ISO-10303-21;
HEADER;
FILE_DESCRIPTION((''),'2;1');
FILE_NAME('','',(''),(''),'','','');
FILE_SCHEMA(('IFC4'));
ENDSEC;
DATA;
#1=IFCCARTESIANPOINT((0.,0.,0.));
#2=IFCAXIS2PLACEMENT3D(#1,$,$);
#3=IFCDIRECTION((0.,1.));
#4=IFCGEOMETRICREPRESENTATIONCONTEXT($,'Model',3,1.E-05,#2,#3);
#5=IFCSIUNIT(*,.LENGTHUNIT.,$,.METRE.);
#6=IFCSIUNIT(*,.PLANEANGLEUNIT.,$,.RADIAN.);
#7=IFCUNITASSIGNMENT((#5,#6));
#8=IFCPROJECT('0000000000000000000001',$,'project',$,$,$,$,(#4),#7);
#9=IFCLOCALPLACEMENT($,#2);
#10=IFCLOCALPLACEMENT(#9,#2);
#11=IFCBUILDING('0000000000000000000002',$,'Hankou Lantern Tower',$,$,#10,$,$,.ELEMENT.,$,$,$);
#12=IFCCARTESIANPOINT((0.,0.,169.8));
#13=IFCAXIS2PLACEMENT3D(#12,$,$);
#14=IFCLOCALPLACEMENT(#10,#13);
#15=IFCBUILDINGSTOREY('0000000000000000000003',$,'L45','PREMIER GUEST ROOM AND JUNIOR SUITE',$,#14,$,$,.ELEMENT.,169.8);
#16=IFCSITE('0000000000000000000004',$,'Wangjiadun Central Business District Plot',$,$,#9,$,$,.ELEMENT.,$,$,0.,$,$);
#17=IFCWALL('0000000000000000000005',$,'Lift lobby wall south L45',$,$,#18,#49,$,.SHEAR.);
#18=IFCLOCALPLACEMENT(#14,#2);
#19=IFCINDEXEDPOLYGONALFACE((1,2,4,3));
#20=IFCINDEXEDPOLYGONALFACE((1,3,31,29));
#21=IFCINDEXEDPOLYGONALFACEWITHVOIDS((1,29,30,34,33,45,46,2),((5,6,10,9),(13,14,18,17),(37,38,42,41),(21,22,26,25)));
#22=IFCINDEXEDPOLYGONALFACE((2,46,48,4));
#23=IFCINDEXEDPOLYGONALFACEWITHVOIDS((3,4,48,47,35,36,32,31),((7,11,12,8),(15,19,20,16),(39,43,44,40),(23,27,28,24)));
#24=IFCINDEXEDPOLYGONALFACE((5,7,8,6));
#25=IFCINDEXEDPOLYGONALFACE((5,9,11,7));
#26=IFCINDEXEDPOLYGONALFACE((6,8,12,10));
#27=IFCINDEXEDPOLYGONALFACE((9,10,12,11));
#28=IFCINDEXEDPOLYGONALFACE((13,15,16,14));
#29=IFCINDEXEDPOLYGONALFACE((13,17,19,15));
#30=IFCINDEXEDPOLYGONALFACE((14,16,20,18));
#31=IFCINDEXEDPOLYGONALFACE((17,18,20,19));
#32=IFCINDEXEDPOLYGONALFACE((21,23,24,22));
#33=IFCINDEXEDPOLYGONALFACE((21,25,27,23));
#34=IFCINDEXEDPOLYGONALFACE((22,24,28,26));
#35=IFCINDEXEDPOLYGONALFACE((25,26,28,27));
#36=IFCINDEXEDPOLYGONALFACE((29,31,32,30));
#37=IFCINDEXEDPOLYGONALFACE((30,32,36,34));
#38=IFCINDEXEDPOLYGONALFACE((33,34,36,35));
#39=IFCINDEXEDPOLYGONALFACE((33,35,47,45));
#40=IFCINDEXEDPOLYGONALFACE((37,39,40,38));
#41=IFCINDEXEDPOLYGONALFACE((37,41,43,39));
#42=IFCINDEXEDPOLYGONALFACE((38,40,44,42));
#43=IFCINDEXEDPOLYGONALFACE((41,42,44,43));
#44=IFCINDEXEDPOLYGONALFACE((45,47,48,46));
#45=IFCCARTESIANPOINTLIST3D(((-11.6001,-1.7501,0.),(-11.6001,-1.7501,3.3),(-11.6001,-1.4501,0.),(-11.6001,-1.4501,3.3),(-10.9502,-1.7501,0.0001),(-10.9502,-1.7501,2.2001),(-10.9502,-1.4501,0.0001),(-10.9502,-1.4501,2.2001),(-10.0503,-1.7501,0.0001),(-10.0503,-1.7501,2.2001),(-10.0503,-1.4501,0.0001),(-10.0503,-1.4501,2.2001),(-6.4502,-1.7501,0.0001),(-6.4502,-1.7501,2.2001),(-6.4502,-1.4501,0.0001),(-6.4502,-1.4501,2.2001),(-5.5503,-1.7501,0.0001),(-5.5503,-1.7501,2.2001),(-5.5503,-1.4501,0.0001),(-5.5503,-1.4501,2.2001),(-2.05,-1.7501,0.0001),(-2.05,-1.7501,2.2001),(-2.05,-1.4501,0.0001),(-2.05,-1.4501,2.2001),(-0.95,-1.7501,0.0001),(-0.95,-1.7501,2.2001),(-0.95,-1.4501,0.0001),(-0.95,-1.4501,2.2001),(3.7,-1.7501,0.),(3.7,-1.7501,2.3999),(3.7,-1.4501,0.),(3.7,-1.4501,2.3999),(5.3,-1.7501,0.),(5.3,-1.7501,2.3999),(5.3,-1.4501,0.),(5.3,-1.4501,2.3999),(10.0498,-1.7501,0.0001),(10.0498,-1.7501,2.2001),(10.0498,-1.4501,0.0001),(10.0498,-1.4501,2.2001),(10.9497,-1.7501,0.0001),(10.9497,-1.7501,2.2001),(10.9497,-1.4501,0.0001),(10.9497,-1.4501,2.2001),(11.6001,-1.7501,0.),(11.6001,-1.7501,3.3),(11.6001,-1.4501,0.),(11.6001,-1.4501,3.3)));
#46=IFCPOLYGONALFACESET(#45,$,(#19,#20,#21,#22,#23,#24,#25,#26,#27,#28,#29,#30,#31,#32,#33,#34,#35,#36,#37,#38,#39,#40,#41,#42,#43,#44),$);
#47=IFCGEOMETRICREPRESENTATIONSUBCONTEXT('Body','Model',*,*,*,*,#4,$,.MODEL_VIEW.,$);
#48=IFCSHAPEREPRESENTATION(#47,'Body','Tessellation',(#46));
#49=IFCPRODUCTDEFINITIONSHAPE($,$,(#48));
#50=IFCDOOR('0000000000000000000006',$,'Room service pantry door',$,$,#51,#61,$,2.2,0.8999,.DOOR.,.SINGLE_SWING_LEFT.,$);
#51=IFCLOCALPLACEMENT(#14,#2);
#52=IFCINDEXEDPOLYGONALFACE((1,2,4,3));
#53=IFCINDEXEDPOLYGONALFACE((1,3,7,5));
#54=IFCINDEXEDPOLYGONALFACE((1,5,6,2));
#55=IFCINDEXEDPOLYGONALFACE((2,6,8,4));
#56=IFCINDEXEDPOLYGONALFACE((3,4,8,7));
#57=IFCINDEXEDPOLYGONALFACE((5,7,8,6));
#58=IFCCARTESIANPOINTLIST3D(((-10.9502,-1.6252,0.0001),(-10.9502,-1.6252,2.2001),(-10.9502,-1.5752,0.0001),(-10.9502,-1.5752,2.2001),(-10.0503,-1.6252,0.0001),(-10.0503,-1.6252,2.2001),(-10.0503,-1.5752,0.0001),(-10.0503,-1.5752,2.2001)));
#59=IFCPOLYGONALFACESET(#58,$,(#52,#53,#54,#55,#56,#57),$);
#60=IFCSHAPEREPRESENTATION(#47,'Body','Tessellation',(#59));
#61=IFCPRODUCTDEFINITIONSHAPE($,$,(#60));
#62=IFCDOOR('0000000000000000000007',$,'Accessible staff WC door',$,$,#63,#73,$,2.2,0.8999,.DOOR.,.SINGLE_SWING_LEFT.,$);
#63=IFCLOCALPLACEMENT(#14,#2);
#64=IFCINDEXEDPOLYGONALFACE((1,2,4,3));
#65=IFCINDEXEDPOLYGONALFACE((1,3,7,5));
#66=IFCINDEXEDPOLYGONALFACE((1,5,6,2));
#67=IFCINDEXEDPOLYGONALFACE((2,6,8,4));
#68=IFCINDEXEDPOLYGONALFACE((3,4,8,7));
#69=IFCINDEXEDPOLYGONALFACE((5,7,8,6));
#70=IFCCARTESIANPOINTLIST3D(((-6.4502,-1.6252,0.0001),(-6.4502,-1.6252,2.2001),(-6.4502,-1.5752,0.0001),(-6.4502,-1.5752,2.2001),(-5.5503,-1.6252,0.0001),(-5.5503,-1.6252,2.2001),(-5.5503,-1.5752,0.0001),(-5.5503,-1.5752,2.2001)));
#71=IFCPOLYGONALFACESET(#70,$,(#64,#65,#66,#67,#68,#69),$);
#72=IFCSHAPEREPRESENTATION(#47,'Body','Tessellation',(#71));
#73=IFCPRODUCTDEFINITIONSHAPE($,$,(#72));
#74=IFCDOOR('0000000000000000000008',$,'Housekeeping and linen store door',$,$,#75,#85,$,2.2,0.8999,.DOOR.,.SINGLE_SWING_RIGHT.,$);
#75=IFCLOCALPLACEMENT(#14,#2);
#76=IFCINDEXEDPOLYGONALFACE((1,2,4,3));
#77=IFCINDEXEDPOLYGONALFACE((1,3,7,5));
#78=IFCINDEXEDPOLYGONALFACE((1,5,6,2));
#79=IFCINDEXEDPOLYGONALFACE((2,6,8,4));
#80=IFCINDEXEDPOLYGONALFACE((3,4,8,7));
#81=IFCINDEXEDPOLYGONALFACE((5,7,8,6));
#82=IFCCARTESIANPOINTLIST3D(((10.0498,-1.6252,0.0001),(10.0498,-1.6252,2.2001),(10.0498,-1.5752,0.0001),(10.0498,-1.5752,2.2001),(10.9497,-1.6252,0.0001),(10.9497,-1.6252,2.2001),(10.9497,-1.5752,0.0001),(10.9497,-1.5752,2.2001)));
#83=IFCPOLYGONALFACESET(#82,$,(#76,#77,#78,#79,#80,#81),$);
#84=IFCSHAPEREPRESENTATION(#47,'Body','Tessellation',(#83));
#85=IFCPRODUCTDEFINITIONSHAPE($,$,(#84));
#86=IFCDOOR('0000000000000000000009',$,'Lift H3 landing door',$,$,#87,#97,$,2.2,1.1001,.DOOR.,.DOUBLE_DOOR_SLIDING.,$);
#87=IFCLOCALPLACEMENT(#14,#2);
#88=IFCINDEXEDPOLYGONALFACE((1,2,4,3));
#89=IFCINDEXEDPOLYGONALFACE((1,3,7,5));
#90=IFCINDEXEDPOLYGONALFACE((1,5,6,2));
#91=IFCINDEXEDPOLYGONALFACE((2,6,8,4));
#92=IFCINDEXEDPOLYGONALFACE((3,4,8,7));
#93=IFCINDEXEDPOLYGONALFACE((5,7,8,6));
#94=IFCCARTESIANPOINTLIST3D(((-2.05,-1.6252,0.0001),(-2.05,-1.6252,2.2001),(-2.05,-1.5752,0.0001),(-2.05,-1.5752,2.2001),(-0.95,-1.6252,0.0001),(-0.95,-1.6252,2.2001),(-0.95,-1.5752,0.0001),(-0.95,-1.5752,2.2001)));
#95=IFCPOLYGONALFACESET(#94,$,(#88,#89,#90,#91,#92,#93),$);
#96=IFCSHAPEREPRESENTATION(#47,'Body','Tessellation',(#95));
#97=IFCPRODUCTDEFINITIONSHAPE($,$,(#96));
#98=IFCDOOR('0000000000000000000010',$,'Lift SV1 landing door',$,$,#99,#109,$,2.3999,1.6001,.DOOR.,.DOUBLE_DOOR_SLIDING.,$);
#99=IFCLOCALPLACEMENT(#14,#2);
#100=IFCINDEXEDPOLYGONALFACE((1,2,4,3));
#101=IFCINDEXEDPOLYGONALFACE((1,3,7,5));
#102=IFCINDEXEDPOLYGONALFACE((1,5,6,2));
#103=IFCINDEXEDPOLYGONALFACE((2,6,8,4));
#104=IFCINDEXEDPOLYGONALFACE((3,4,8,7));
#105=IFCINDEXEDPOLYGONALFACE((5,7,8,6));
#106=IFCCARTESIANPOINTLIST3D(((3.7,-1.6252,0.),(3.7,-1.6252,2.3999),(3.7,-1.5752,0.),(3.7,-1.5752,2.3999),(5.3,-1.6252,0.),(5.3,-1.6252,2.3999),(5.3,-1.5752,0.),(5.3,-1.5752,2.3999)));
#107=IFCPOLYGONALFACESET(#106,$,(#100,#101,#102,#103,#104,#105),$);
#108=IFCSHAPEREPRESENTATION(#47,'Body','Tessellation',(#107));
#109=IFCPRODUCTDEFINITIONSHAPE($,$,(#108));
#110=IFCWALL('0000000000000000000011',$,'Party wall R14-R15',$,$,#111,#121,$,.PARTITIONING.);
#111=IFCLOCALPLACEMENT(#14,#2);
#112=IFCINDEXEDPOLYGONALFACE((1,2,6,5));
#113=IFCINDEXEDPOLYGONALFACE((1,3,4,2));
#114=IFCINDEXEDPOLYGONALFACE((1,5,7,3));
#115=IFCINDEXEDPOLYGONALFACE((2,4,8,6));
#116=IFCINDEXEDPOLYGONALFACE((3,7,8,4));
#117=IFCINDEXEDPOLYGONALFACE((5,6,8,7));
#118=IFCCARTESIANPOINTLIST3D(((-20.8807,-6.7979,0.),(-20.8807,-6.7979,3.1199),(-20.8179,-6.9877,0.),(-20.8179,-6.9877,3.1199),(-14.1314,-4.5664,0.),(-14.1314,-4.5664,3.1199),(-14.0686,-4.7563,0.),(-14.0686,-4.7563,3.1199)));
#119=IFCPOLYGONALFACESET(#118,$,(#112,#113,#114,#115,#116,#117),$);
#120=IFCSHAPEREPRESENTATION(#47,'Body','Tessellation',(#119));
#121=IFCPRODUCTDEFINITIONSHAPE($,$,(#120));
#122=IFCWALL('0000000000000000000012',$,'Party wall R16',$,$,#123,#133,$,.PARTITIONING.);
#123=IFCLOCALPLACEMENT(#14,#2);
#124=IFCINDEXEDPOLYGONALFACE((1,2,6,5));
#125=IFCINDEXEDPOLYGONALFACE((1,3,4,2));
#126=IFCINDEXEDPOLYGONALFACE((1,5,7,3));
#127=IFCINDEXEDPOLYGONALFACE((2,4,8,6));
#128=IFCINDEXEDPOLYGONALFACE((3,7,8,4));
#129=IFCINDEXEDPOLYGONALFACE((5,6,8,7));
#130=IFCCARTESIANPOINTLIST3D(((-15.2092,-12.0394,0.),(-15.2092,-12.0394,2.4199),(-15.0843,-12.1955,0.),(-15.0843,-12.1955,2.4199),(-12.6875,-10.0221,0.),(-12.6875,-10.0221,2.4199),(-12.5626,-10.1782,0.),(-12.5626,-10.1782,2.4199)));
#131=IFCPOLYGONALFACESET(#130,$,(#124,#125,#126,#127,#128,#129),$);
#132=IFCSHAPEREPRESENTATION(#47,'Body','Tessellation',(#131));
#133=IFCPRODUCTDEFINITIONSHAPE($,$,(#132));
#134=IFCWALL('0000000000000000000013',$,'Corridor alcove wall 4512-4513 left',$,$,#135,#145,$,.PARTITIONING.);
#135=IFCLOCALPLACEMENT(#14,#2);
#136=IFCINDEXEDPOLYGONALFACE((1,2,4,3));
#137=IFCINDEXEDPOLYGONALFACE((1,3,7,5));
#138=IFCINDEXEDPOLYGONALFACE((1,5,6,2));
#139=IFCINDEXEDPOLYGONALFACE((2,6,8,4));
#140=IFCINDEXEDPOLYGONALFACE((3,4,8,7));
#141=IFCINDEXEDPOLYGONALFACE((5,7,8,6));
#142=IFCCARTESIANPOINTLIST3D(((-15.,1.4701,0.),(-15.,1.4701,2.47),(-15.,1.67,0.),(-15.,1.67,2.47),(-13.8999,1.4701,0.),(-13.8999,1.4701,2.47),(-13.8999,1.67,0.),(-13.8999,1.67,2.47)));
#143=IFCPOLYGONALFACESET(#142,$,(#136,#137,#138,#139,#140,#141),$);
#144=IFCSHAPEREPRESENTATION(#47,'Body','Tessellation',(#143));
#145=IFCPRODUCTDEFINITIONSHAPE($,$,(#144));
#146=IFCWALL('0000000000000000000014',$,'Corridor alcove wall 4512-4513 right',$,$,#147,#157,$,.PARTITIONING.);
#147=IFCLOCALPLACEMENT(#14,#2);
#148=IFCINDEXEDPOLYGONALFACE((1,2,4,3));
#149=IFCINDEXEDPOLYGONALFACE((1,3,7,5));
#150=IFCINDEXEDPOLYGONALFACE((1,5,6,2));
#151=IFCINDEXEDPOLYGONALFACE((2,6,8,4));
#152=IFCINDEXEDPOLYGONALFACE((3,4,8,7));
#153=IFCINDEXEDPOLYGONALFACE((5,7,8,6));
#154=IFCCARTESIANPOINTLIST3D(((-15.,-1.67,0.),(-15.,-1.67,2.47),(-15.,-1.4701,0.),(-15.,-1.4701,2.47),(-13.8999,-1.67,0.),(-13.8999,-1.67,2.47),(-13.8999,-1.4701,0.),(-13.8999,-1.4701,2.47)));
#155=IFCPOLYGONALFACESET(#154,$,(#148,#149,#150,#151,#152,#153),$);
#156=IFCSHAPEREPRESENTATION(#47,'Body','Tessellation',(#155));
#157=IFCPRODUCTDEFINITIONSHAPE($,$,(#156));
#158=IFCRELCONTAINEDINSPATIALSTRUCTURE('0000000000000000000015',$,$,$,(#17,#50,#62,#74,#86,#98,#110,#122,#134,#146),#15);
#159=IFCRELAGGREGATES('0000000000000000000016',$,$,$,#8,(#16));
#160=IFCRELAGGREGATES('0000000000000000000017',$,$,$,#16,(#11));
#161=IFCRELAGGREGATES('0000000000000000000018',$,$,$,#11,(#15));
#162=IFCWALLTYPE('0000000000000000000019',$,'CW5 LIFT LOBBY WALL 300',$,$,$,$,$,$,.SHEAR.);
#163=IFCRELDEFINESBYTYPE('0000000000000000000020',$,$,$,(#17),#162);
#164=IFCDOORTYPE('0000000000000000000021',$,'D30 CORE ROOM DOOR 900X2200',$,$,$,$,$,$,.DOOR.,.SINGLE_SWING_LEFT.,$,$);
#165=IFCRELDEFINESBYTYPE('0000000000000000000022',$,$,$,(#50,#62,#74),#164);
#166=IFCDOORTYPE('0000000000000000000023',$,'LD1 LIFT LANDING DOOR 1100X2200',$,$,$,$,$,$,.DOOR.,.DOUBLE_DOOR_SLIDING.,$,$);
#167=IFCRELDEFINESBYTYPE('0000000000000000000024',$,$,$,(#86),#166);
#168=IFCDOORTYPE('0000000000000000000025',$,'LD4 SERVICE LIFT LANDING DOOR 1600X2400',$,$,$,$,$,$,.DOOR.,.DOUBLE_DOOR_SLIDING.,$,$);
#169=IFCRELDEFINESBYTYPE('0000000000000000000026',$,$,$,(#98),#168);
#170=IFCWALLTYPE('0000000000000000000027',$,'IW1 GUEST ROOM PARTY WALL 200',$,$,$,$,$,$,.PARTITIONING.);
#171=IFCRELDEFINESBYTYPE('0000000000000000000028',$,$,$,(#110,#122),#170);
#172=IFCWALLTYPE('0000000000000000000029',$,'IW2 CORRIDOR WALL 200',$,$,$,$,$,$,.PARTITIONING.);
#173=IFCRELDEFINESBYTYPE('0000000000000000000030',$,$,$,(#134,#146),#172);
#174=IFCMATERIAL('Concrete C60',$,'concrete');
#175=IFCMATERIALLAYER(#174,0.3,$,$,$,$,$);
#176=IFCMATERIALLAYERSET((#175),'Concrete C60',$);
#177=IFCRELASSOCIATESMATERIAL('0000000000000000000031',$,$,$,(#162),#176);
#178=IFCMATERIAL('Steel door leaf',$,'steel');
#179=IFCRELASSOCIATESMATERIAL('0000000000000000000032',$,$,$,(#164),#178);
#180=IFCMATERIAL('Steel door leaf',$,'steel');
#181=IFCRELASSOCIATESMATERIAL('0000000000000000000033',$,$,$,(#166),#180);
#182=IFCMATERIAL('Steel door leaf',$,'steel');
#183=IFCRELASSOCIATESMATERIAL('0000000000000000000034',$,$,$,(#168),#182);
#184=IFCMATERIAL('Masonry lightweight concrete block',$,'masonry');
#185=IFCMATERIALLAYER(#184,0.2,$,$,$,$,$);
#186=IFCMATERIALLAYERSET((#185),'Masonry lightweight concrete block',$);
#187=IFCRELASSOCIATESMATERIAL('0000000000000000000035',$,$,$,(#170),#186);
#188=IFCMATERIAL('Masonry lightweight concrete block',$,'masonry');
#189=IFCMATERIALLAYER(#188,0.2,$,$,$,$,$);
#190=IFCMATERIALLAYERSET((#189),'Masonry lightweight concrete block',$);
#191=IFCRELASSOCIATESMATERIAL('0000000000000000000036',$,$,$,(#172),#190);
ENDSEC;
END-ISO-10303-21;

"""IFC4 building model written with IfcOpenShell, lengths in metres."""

from ifc_helpers import new_model, si_unit, direction, frame, frame_2d, origin, place, context, subcontext, project, spatial, rectangle, extrude, material, layer, layer_set, type_object, element, fill, save


model = new_model("IFC4")

# Units and contexts
model_context = context("Model", 3, precision=1e-05, world=origin(), true_north=direction((0.0, 1.0)))
body_context = subcontext(model_context, "Body", "Model", "MODEL_VIEW")
ifc_project = project(units=[si_unit("LENGTHUNIT", "METRE"), si_unit("PLANEANGLEUNIT", "RADIAN")], contexts=[model_context])

# Site, building, storey
site_placement = place(None, origin())
site = spatial("IfcSite", under=ifc_project, at=site_placement, Name="Wangjiadun Central Business District Plot", CompositionType="ELEMENT", RefElevation=0.0)
building_placement = place(site_placement, origin())
building = spatial("IfcBuilding", under=site, at=building_placement, Name="Hankou Lantern Tower", CompositionType="ELEMENT")
storey_placement = place(building_placement, frame((0.0, 0.0, 169.8)))
storey = spatial("IfcBuildingStorey", under=building, at=storey_placement, Name="L45", Description="PREMIER GUEST ROOM AND JUNIOR SUITE", CompositionType="ELEMENT", Elevation=169.8)

# Wall, openings, doors
ifc_material_1 = material(Name="Concrete C60", Category="concrete")
ifc_layer_1 = layer(ifc_material_1, 0.3)
ifc_layer_set_1 = layer_set([ifc_layer_1], Name="Concrete C60")
wall_type_1 = type_object("IfcWallType", Name="CW5 LIFT LOBBY WALL 300", PredefinedType="SHEAR", material=ifc_layer_set_1)
ifc_material_2 = material(Name="Steel door leaf", Category="steel")
door_type_1 = type_object("IfcDoorType", Name="D30 CORE ROOM DOOR 900X2200", OperationType="SINGLE_SWING_LEFT", PredefinedType="DOOR", material=ifc_material_2)
ifc_material_3 = material(Name="Steel door leaf", Category="steel")
door_type_2 = type_object("IfcDoorType", Name="LD1 LIFT LANDING DOOR 1100X2200", OperationType="DOUBLE_DOOR_SLIDING", PredefinedType="DOOR", material=ifc_material_3)
wall_1_placement = place(storey_placement, frame((-11.6001, -1.6001, 0.0), z_axis=(0.0, 0.0, 1.0), x_axis=(1.0, 0.0, 0.0)))
wall_1 = element("IfcWall", 1, at=wall_1_placement, inside=storey, type_object=wall_type_1, Name="Lift lobby wall south L45", PredefinedType="SHEAR", context=body_context, shape_type="SweptSolid", body=[
    extrude(rectangle(XDim=23.2002, YDim=0.3, at=frame_2d((11.6001, 0.0))), origin(), (0.0, 0.0, 1.0), 3.3),
])
opening_1_placement = place(wall_1_placement, frame((9.55, 0.0, 0.0)))
opening_1 = element("IfcOpeningElement", 2, at=opening_1_placement, cuts=wall_1, PredefinedType="OPENING", context=body_context, shape_type="SweptSolid", body=[
    extrude(rectangle(XDim=1.1001, YDim=2.2, at=frame_2d((0.55, 1.1001))), frame((0.0, 0.1599, 0.0), z_axis=(0.0, -1.0, 0.0), x_axis=(1.0, 0.0, 0.0)), (0.0, 0.0, 1.0), 0.3201),
])
opening_2_placement = place(wall_1_placement, frame((15.3, 0.0, 0.0)))
opening_2 = element("IfcOpeningElement", 3, at=opening_2_placement, cuts=wall_1, PredefinedType="OPENING", context=body_context, shape_type="SweptSolid", body=[
    extrude(rectangle(XDim=1.6001, YDim=2.3999, at=frame_2d((0.8, 1.2))), frame((0.0, 0.1599, 0.0), z_axis=(0.0, -1.0, 0.0), x_axis=(1.0, 0.0, 0.0)), (0.0, 0.0, 1.0), 0.3201),
])
opening_3_placement = place(wall_1_placement, frame((0.6499, 0.0, 0.0)))
opening_3 = element("IfcOpeningElement", 4, at=opening_3_placement, cuts=wall_1, PredefinedType="OPENING", context=body_context, shape_type="SweptSolid", body=[
    extrude(rectangle(XDim=0.8999, YDim=2.2, at=frame_2d((0.45, 1.1001))), frame((0.0, 0.1599, 0.0), z_axis=(0.0, -1.0, 0.0), x_axis=(1.0, 0.0, 0.0)), (0.0, 0.0, 1.0), 0.3201),
])
opening_4_placement = place(wall_1_placement, frame((5.1499, 0.0, 0.0)))
opening_4 = element("IfcOpeningElement", 5, at=opening_4_placement, cuts=wall_1, PredefinedType="OPENING", context=body_context, shape_type="SweptSolid", body=[
    extrude(rectangle(XDim=0.8999, YDim=2.2, at=frame_2d((0.45, 1.1001))), frame((0.0, 0.1599, 0.0), z_axis=(0.0, -1.0, 0.0), x_axis=(1.0, 0.0, 0.0)), (0.0, 0.0, 1.0), 0.3201),
])
opening_5_placement = place(wall_1_placement, frame((21.6499, 0.0, 0.0)))
opening_5 = element("IfcOpeningElement", 6, at=opening_5_placement, cuts=wall_1, PredefinedType="OPENING", context=body_context, shape_type="SweptSolid", body=[
    extrude(rectangle(XDim=0.8999, YDim=2.2, at=frame_2d((0.45, 1.1001))), frame((0.0, 0.1599, 0.0), z_axis=(0.0, -1.0, 0.0), x_axis=(1.0, 0.0, 0.0)), (0.0, 0.0, 1.0), 0.3201),
])
door_1_placement = place(opening_3_placement, origin())
door_1 = element("IfcDoor", 7, at=door_1_placement, inside=storey, type_object=door_type_1, Name="Room service pantry door", OperationType="SINGLE_SWING_LEFT", OverallHeight=2.2, OverallWidth=0.8999, PredefinedType="DOOR", context=body_context, shape_type="SweptSolid", body=[
    extrude(rectangle(XDim=0.8999, YDim=2.2, at=frame_2d((0.45, 1.1001))), frame((0.0, 0.0249, 0.0), z_axis=(0.0, -1.0, 0.0), x_axis=(1.0, 0.0, 0.0)), (0.0, 0.0, 1.0), 0.05),
])
fill(opening_3, door_1)
door_2_placement = place(opening_4_placement, origin())
door_2 = element("IfcDoor", 8, at=door_2_placement, inside=storey, type_object=door_type_1, Name="Accessible staff WC door", OperationType="SINGLE_SWING_LEFT", OverallHeight=2.2, OverallWidth=0.8999, PredefinedType="DOOR", context=body_context, shape_type="SweptSolid", body=[
    extrude(rectangle(XDim=0.8999, YDim=2.2, at=frame_2d((0.45, 1.1001))), frame((0.0, 0.0249, 0.0), z_axis=(0.0, -1.0, 0.0), x_axis=(1.0, 0.0, 0.0)), (0.0, 0.0, 1.0), 0.05),
])
fill(opening_4, door_2)
door_3_placement = place(opening_5_placement, origin())
door_3 = element("IfcDoor", 9, at=door_3_placement, inside=storey, type_object=door_type_1, Name="Housekeeping and linen store door", OperationType="SINGLE_SWING_RIGHT", OverallHeight=2.2, OverallWidth=0.8999, PredefinedType="DOOR", context=body_context, shape_type="SweptSolid", body=[
    extrude(rectangle(XDim=0.8999, YDim=2.2, at=frame_2d((0.45, 1.1001))), frame((0.0, 0.0249, 0.0), z_axis=(0.0, -1.0, 0.0), x_axis=(1.0, 0.0, 0.0)), (0.0, 0.0, 1.0), 0.05),
])
fill(opening_5, door_3)
door_4_placement = place(opening_1_placement, origin())
door_4 = element("IfcDoor", 10, at=door_4_placement, inside=storey, type_object=door_type_2, Name="Lift H3 landing door", OperationType="DOUBLE_DOOR_SLIDING", OverallHeight=2.2, OverallWidth=1.1001, PredefinedType="DOOR", context=body_context, shape_type="SweptSolid", body=[
    extrude(rectangle(XDim=1.1001, YDim=2.2, at=frame_2d((0.55, 1.1001))), frame((0.0, 0.0249, 0.0), z_axis=(0.0, -1.0, 0.0), x_axis=(1.0, 0.0, 0.0)), (0.0, 0.0, 1.0), 0.05),
])
fill(opening_1, door_4)
ifc_material_4 = material(Name="Steel door leaf", Category="steel")
door_type_3 = type_object("IfcDoorType", Name="LD4 SERVICE LIFT LANDING DOOR 1600X2400", OperationType="DOUBLE_DOOR_SLIDING", PredefinedType="DOOR", material=ifc_material_4)
door_5_placement = place(opening_2_placement, origin())
door_5 = element("IfcDoor", 11, at=door_5_placement, inside=storey, type_object=door_type_3, Name="Lift SV1 landing door", OperationType="DOUBLE_DOOR_SLIDING", OverallHeight=2.3999, OverallWidth=1.6001, PredefinedType="DOOR", context=body_context, shape_type="SweptSolid", body=[
    extrude(rectangle(XDim=1.6001, YDim=2.3999, at=frame_2d((0.8, 1.2))), frame((0.0, 0.0249, 0.0), z_axis=(0.0, -1.0, 0.0), x_axis=(1.0, 0.0, 0.0)), (0.0, 0.0, 1.0), 0.05),
])
fill(opening_2, door_5)

# Walls
ifc_material_5 = material(Name="Masonry lightweight concrete block", Category="masonry")
ifc_layer_2 = layer(ifc_material_5, 0.2)
ifc_layer_set_2 = layer_set([ifc_layer_2], Name="Masonry lightweight concrete block")
wall_type_2 = type_object("IfcWallType", Name="IW1 GUEST ROOM PARTY WALL 200", PredefinedType="PARTITIONING", material=ifc_layer_set_2)
wall_2_placement = place(storey_placement, frame((-14.1001, -4.6614, 0.0), z_axis=(0.0, 0.0, 1.0), x_axis=(-0.949453, -0.313909, 0.0)))
element("IfcWall", 12, at=wall_2_placement, inside=storey, type_object=wall_type_2, Name="Party wall R14-R15", PredefinedType="PARTITIONING", context=body_context, shape_type="SweptSolid", body=[
    extrude(rectangle(XDim=7.1086, YDim=0.2, at=frame_2d((3.5542, 0.0))), origin(), (0.0, 0.0, 1.0), 3.1199),
])
wall_3_placement = place(storey_placement, frame((-12.625, -10.1001, 0.0), z_axis=(0.0, 0.0, 1.0), x_axis=(-0.780876, -0.624686, 0.0)))
element("IfcWall", 13, at=wall_3_placement, inside=storey, type_object=wall_type_2, Name="Party wall R16", PredefinedType="PARTITIONING", context=body_context, shape_type="SweptSolid", body=[
    extrude(rectangle(XDim=3.2292, YDim=0.2, at=frame_2d((1.6147, 0.0))), origin(), (0.0, 0.0, 1.0), 2.4199),
])
ifc_material_6 = material(Name="Masonry lightweight concrete block", Category="masonry")
ifc_layer_3 = layer(ifc_material_6, 0.2)
ifc_layer_set_3 = layer_set([ifc_layer_3], Name="Masonry lightweight concrete block")
wall_type_3 = type_object("IfcWallType", Name="IW2 CORRIDOR WALL 200", PredefinedType="PARTITIONING", material=ifc_layer_set_3)
for number, where, z_axis, x_axis, name in (
    (14, (-13.8999, 1.5701, 0.0), (0.0, 0.0, 1.0), (-1.0, 0.0, 0.0), "Corridor alcove wall 4512-4513 left"),
    (15, (-13.8999, -1.5701, 0.0), (0.0, 0.0, 1.0), (-1.0, 0.0, 0.0), "Corridor alcove wall 4512-4513 right"),
):
    element("IfcWall", number, at=place(storey_placement, frame(where, z_axis=z_axis, x_axis=x_axis)), inside=storey, type_object=wall_type_3, Name=name, PredefinedType="PARTITIONING", context=body_context, shape_type="SweptSolid", body=[
        extrude(rectangle(XDim=1.1001, YDim=0.2, at=frame_2d((0.55, 0.0))), origin(), (0.0, 0.0, 1.0), 2.47),
    ])

save(model, "model.ifc")
